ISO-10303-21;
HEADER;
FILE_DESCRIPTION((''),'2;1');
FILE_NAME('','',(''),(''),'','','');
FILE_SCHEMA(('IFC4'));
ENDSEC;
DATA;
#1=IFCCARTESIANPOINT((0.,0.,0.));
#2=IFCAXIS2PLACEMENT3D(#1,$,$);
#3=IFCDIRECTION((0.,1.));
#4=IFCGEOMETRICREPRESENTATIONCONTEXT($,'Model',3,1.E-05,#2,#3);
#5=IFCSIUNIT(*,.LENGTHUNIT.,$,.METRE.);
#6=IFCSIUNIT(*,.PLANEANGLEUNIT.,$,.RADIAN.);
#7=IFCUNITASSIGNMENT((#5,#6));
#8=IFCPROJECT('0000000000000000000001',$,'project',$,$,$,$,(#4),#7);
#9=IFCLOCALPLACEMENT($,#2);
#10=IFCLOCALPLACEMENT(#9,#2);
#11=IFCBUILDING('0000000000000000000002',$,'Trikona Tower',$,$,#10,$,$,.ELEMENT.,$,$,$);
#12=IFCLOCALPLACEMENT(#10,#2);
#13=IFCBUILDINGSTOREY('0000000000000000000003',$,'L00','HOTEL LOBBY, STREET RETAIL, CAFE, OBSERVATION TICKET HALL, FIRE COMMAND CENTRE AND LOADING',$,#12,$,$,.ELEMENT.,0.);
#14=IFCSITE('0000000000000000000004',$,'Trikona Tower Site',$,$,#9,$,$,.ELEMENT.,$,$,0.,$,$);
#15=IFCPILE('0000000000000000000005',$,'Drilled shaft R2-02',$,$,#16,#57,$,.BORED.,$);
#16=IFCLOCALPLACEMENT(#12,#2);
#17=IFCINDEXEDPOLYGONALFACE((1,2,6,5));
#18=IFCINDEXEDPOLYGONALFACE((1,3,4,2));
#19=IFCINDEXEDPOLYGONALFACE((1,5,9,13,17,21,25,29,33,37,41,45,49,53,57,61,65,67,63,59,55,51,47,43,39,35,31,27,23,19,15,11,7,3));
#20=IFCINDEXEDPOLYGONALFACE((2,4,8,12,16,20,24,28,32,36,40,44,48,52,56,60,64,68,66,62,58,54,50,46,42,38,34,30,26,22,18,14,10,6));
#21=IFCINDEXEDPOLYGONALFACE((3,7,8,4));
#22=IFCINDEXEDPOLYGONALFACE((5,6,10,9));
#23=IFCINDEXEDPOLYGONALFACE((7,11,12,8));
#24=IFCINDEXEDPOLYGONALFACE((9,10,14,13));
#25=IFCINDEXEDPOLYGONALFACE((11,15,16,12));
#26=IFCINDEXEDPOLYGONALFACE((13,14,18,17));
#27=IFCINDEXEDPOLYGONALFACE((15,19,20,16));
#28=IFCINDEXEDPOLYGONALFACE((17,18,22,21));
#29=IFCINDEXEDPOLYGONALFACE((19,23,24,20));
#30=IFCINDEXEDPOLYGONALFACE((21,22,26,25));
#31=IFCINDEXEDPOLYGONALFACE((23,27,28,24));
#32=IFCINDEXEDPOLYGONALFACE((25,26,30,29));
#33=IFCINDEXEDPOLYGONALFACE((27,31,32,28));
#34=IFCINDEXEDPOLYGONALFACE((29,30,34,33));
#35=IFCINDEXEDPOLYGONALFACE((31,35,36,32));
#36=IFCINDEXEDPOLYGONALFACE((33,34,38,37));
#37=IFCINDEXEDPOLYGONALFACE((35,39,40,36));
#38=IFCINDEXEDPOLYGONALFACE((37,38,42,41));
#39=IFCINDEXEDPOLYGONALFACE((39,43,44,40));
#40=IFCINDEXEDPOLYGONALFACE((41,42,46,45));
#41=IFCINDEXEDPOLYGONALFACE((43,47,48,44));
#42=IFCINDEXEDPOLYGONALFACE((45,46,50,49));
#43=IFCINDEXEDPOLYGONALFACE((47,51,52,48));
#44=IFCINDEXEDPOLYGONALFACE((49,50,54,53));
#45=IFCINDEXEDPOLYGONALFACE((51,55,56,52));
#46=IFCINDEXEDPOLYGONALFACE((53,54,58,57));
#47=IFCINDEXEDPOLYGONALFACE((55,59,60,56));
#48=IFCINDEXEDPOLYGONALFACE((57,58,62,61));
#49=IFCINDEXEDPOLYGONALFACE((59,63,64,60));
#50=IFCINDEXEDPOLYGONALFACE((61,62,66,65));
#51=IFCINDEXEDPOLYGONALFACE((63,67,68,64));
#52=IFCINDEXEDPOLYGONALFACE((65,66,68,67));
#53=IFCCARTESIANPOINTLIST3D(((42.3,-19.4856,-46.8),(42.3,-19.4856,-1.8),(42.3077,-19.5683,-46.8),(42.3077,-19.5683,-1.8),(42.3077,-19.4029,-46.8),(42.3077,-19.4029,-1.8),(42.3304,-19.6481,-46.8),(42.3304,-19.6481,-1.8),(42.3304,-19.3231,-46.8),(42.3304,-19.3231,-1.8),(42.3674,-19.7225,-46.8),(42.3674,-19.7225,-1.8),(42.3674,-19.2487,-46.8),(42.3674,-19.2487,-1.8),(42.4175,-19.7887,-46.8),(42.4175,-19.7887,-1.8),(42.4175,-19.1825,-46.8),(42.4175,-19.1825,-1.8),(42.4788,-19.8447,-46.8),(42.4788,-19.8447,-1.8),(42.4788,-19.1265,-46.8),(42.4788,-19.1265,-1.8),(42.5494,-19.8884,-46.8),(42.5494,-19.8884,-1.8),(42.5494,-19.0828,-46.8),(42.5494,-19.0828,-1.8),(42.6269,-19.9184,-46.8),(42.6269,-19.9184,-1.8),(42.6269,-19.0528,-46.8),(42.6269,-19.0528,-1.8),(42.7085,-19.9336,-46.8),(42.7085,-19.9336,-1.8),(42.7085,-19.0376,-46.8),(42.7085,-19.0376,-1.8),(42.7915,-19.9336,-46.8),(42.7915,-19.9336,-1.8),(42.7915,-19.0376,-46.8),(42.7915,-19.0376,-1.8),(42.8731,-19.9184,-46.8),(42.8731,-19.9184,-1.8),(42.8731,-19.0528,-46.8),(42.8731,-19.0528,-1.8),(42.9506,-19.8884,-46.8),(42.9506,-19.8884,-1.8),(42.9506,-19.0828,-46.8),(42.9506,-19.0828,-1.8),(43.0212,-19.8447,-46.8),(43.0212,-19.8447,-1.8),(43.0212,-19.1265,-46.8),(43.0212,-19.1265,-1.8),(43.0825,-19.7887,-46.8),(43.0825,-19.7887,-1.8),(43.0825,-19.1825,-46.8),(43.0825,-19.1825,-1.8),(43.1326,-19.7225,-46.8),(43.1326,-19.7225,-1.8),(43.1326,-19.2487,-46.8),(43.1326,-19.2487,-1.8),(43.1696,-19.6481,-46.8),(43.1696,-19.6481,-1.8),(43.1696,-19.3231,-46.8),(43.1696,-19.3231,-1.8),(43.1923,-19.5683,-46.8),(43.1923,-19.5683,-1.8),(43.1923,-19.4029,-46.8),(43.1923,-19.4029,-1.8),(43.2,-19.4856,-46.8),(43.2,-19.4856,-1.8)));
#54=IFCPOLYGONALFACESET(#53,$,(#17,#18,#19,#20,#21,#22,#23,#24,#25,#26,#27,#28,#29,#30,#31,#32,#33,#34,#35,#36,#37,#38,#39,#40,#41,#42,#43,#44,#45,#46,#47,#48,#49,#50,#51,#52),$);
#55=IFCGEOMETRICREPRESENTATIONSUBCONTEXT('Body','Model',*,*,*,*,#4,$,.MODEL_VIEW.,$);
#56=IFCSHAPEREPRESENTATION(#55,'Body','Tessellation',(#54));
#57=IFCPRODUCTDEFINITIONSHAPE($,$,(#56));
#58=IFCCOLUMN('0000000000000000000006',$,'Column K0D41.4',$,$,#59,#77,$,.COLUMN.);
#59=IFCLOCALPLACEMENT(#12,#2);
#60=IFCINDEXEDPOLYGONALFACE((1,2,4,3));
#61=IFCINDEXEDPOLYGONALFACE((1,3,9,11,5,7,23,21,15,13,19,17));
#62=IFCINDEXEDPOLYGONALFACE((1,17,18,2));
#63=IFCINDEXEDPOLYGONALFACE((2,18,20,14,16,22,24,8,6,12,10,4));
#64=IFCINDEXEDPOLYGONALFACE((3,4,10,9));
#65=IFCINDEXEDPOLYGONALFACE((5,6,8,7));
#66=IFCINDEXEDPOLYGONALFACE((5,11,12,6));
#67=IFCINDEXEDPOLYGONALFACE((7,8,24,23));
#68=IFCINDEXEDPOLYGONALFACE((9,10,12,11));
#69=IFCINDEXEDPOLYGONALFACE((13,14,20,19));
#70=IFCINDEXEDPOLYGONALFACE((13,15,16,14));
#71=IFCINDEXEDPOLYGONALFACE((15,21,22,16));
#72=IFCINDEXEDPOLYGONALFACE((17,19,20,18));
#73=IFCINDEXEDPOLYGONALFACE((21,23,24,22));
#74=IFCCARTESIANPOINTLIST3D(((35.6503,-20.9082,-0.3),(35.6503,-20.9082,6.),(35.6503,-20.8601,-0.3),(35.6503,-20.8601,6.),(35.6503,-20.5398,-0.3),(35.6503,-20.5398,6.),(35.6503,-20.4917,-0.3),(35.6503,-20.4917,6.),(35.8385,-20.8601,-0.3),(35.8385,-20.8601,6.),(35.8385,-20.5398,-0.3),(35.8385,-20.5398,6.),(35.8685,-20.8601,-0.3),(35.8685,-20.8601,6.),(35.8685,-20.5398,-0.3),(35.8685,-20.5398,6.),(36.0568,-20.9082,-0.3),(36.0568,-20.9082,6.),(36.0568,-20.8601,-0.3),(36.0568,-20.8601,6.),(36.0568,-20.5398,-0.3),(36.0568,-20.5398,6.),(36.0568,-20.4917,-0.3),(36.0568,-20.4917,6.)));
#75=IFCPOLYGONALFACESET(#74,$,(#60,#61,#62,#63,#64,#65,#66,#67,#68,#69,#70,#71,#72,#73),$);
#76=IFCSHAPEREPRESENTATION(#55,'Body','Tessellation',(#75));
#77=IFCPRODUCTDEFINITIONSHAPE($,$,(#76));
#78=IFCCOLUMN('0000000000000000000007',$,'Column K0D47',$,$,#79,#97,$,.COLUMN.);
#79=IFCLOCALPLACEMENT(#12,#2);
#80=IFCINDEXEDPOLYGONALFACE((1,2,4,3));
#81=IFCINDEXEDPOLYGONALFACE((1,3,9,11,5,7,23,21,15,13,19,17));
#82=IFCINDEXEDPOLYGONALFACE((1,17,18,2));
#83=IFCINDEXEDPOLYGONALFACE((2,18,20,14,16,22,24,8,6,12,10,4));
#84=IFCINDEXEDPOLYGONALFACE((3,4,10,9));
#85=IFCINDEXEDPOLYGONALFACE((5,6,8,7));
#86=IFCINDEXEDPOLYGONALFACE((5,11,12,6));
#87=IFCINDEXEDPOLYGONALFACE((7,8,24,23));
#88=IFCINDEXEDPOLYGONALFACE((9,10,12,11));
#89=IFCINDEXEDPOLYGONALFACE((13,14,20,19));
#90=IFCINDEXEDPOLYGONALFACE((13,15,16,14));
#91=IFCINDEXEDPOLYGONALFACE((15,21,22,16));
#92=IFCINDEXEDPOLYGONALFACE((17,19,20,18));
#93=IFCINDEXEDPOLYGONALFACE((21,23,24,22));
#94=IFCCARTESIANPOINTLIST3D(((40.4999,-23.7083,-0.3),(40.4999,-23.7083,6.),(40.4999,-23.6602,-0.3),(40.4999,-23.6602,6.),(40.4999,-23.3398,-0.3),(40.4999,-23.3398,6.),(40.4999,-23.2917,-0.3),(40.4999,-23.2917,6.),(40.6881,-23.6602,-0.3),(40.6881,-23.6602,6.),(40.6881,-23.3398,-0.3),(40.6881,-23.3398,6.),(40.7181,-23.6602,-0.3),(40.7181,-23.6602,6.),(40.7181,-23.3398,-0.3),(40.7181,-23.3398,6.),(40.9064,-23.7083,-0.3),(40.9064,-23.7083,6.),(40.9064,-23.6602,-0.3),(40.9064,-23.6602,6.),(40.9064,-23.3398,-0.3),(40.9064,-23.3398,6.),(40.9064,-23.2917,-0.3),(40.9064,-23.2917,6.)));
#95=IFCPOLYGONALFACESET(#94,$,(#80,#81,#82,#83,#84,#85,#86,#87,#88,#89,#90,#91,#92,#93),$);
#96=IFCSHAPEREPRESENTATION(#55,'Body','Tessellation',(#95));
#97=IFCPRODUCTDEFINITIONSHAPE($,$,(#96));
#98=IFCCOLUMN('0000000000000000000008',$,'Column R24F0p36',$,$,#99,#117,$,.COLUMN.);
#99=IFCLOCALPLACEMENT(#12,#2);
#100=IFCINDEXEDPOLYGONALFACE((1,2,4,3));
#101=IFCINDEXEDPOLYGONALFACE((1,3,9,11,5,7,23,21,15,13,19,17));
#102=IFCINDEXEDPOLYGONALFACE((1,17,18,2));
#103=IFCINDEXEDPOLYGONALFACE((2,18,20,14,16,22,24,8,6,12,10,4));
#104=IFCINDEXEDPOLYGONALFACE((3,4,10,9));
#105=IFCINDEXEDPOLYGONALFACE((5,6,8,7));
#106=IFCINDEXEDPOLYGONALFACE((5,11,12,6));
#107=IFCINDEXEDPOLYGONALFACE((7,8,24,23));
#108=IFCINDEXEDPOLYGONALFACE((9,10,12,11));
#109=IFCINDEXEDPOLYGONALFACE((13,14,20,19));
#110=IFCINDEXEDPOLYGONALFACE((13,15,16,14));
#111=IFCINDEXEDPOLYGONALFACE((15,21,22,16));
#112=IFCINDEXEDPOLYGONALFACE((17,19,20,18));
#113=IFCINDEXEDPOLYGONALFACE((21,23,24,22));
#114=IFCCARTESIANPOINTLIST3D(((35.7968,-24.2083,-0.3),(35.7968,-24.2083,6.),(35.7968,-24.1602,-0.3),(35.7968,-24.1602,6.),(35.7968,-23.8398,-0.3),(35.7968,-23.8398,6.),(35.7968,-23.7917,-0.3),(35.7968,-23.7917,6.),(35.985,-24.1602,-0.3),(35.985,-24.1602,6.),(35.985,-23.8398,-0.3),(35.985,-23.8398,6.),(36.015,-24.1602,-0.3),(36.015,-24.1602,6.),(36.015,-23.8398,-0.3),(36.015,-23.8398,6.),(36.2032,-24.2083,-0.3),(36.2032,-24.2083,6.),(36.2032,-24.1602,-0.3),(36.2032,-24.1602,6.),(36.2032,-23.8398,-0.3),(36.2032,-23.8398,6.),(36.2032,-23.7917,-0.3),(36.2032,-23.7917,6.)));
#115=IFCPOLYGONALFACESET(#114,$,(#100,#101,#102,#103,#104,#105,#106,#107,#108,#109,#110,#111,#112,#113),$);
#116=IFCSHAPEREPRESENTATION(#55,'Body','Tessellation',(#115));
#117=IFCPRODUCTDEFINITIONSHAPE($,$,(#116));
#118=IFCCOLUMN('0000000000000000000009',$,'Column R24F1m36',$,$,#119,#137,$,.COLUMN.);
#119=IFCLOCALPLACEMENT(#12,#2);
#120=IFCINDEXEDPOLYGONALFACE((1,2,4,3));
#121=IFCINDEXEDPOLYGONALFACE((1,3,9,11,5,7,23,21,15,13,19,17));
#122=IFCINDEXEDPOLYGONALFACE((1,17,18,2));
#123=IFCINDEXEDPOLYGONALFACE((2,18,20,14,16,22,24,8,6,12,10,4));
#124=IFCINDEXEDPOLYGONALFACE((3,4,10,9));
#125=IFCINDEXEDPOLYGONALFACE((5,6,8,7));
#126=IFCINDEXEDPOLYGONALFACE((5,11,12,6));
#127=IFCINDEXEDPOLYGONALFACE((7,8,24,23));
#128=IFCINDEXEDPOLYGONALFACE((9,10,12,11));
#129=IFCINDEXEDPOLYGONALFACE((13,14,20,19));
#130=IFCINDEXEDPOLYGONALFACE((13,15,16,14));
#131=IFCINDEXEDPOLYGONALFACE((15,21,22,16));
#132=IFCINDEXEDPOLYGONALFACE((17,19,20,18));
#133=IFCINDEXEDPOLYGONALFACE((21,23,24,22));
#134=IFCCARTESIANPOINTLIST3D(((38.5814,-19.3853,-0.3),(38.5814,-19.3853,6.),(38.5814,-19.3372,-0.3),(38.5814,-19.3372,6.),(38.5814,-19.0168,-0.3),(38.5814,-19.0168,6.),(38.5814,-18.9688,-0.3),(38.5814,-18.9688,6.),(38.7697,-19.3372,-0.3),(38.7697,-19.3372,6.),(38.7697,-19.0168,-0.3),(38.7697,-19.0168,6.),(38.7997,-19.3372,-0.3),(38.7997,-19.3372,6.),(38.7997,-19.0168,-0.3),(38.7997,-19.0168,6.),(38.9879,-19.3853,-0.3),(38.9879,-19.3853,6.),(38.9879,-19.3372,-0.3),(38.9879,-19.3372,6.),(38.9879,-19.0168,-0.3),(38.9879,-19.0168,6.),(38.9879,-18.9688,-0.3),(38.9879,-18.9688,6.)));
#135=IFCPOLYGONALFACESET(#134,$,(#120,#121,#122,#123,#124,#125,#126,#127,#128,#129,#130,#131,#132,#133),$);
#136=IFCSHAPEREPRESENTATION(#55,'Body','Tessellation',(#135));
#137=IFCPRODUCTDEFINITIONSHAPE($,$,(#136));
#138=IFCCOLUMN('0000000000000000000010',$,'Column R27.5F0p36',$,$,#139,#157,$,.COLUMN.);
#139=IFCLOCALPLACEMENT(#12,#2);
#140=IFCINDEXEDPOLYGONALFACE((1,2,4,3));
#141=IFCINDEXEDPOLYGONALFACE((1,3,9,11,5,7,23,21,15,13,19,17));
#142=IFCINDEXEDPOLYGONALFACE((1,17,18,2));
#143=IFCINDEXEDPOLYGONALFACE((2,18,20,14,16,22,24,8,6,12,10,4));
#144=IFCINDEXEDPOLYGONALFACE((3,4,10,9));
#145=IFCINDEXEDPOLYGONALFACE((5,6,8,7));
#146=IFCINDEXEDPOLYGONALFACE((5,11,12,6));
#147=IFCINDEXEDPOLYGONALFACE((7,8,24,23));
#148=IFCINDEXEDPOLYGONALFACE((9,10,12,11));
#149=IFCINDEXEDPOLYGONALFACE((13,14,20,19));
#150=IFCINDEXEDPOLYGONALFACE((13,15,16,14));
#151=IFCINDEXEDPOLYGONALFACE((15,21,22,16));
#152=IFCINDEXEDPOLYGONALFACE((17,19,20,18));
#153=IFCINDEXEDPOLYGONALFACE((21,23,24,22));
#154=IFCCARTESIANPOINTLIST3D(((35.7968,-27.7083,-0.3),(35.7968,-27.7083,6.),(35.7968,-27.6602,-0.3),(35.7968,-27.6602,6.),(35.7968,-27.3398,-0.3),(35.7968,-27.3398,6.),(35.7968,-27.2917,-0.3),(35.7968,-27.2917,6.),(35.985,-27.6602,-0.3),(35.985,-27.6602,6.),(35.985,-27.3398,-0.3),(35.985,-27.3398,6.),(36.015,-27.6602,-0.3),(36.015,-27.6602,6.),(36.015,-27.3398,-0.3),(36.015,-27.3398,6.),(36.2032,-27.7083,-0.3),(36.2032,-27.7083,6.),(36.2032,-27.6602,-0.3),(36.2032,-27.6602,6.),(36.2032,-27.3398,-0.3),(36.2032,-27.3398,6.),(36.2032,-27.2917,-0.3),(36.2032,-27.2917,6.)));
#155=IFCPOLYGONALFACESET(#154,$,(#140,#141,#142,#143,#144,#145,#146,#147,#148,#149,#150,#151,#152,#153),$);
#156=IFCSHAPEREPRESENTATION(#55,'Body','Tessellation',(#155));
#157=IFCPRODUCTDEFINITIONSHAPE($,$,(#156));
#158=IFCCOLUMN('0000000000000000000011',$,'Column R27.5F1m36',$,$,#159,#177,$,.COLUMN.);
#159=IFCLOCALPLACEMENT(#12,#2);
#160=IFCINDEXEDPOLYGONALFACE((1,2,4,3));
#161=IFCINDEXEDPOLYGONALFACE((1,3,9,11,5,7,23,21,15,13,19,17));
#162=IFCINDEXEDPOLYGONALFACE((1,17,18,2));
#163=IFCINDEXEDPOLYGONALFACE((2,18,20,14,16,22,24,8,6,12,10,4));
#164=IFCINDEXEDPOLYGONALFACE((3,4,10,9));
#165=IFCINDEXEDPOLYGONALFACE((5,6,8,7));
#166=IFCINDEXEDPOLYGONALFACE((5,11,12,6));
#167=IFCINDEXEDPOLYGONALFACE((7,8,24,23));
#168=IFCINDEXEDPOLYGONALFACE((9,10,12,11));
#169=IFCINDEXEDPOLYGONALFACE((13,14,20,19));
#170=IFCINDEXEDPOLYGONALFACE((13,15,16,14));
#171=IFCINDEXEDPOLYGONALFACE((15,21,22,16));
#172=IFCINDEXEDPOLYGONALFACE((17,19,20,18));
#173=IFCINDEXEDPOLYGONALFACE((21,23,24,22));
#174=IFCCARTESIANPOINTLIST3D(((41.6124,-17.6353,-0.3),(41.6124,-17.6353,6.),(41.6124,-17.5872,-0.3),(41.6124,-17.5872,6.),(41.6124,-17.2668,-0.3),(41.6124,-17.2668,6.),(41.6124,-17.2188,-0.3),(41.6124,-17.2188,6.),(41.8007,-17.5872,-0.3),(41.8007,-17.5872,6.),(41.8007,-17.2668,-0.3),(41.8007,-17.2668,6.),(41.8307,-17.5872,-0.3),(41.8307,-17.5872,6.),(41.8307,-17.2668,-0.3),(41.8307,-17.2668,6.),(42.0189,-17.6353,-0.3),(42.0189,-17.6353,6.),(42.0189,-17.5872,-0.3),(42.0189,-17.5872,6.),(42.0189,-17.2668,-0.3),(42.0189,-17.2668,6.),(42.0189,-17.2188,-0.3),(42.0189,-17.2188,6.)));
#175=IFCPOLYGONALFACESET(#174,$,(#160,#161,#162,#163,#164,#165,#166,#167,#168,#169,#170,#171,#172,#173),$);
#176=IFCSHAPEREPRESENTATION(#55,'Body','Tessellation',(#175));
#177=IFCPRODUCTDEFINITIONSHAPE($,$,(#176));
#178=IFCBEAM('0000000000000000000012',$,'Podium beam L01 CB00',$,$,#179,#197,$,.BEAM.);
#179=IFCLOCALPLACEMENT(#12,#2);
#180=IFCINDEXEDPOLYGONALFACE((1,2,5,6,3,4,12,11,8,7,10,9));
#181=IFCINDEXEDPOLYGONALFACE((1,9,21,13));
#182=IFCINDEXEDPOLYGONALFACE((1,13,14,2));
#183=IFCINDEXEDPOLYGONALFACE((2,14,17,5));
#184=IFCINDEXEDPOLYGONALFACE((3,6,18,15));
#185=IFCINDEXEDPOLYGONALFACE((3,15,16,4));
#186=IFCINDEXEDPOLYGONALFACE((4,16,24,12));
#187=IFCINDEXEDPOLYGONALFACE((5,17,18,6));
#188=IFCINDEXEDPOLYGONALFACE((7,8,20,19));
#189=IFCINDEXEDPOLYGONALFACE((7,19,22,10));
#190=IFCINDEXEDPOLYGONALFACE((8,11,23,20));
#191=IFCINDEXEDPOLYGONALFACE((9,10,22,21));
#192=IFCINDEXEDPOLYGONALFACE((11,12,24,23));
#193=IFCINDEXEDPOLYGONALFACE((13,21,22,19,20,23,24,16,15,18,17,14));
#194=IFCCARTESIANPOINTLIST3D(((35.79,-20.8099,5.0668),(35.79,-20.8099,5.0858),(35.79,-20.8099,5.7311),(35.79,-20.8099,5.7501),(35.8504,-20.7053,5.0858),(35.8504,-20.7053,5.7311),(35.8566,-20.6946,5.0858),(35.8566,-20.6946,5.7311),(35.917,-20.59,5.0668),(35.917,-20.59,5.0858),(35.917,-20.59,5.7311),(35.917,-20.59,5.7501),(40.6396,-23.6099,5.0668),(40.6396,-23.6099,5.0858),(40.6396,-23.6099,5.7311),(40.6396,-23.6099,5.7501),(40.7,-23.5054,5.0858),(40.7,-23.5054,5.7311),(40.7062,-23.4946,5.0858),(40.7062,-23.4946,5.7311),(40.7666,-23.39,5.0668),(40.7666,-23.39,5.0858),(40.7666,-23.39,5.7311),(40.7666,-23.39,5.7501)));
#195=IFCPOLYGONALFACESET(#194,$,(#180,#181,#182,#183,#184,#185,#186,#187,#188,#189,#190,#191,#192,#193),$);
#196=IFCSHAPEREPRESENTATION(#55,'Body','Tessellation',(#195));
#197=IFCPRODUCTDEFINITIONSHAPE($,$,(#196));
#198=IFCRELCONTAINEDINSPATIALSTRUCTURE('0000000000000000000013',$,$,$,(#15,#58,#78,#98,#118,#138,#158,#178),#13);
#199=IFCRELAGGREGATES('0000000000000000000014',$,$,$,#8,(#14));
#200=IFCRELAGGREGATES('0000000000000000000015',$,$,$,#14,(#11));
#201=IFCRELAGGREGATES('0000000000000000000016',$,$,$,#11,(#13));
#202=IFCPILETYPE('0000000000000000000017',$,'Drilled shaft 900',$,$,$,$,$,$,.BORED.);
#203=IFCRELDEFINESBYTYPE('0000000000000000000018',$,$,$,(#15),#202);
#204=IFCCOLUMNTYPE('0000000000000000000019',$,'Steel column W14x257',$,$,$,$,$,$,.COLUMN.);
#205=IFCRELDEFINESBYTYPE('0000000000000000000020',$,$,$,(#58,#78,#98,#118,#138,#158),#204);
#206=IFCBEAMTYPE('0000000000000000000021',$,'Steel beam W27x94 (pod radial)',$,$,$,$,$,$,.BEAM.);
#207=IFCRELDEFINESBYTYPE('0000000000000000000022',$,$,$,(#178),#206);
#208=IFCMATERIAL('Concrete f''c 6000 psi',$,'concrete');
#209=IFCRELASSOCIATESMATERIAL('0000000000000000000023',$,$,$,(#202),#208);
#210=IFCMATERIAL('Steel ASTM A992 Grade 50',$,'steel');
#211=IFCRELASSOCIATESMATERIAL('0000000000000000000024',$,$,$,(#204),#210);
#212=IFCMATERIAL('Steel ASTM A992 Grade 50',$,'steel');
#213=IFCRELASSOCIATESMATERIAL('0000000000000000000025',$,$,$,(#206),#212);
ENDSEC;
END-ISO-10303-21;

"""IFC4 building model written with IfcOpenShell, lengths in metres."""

from ifc_helpers import new_model, si_unit, direction, frame, origin, origin_2d, place, context, subcontext, project, spatial, circle, i_section, extrude, material, material_profile, profile_set, type_object, element, save


model = new_model("IFC4")

# Units and contexts
model_context = context("Model", 3, precision=1e-05, world=origin(), true_north=direction((0.0, 1.0)))
body_context = subcontext(model_context, "Body", "Model", "MODEL_VIEW")
ifc_project = project(units=[si_unit("LENGTHUNIT", "METRE"), si_unit("PLANEANGLEUNIT", "RADIAN")], contexts=[model_context])

# Site, building, storey
site_placement = place(None, origin())
site = spatial("IfcSite", under=ifc_project, at=site_placement, Name="Trikona Tower Site", CompositionType="ELEMENT", RefElevation=0.0)
building_placement = place(site_placement, origin())
building = spatial("IfcBuilding", under=site, at=building_placement, Name="Trikona Tower", CompositionType="ELEMENT")
storey_placement = place(building_placement, origin())
storey = spatial("IfcBuildingStorey", under=building, at=storey_placement, Name="L00", Description="HOTEL LOBBY, STREET RETAIL, CAFE, OBSERVATION TICKET HALL, FIRE COMMAND CENTRE AND LOADING", CompositionType="ELEMENT", Elevation=0.0)

# Pile
ifc_material_1 = material(Name="Concrete f'c 6000 psi", Category="concrete")
pile_type = type_object("IfcPileType", Name="Drilled shaft 900", PredefinedType="BORED", material=ifc_material_1)
for number, where, z_axis, x_axis, name in (
    (1, (42.75, -19.4856, -1.8), (0.0, 0.0, -1.0), (1.0, 0.0, 0.0), "Drilled shaft R2-02"),
):
    element("IfcPile", number, at=place(storey_placement, frame(where, z_axis=z_axis, x_axis=x_axis)), inside=storey, type_object=pile_type, Name=name, PredefinedType="BORED", context=body_context, shape_type="SweptSolid", body=[
        extrude(circle(Radius=0.45, at=origin_2d()), origin(), (0.0, 0.0, 1.0), 45.0),
    ])

# Columns
ifc_material_2 = material(Name="Steel ASTM A992 Grade 50", Category="steel")
ifc_material_profile_1 = material_profile(ifc_material_2, i_section(OverallWidth=0.4065, OverallDepth=0.4165, WebThickness=0.03, FlangeThickness=0.0481, at=origin_2d()), Name="W14X257")
ifc_profile_set_1 = profile_set([ifc_material_profile_1], Name="Steel ASTM A992 Grade 50")
column_type = type_object("IfcColumnType", Name="Steel column W14x257", PredefinedType="COLUMN", material=ifc_profile_set_1)
for number, where, z_axis, x_axis, name in (
    (2, (35.8535, -20.7, -0.3), (0.0, 0.0, 1.0), (1.0, 0.0, 0.0), "Column K0D41.4"),
    (3, (40.7031, -23.5, -0.3), (0.0, 0.0, 1.0), (1.0, 0.0, 0.0), "Column K0D47"),
    (4, (36.0, -24.0, -0.3), (0.0, 0.0, 1.0), (1.0, 0.0, 0.0), "Column R24F0p36"),
    (5, (38.7847, -19.177, -0.3), (0.0, 0.0, 1.0), (1.0, 0.0, 0.0), "Column R24F1m36"),
    (6, (36.0, -27.5, -0.3), (0.0, 0.0, 1.0), (1.0, 0.0, 0.0), "Column R27.5F0p36"),
    (7, (41.8157, -17.427, -0.3), (0.0, 0.0, 1.0), (1.0, 0.0, 0.0), "Column R27.5F1m36"),
):
    element("IfcColumn", number, at=place(storey_placement, frame(where, z_axis=z_axis, x_axis=x_axis)), inside=storey, type_object=column_type, Name=name, PredefinedType="COLUMN", context=body_context, shape_type="SweptSolid", body=[
        extrude(i_section(OverallWidth=0.4065, OverallDepth=0.4165, WebThickness=0.03, FlangeThickness=0.0481, at=origin_2d()), origin(), (0.0, 0.0, 1.0), 6.3),
    ])

# Beam
ifc_material_3 = material(Name="Steel ASTM A992 Grade 50", Category="steel")
ifc_material_profile_2 = material_profile(ifc_material_3, i_section(OverallWidth=0.2539, OverallDepth=0.6833, WebThickness=0.0125, FlangeThickness=0.019, at=origin_2d()), Name="W27X94")
ifc_profile_set_2 = profile_set([ifc_material_profile_2], Name="Steel ASTM A992 Grade 50")
beam_type_1 = type_object("IfcBeamType", Name="Steel beam W27x94 (pod radial)", PredefinedType="BEAM", material=ifc_profile_set_2)
beam_placement = place(storey_placement, frame((35.8535, -20.7, 5.4084), z_axis=(0.866016, -0.500017, 0.0), x_axis=(0.500017, 0.866016, 0.0)))
element("IfcBeam", 8, at=beam_placement, inside=storey, type_object=beam_type_1, Name="Podium beam L01 CB00", PredefinedType="BEAM", context=body_context, shape_type="SweptSolid", body=[
    extrude(i_section(OverallWidth=0.2539, OverallDepth=0.6833, WebThickness=0.0125, FlangeThickness=0.019, at=origin_2d()), origin(), (0.0, 0.0, 1.0), 5.5999),
])

save(model, "model.ifc")
